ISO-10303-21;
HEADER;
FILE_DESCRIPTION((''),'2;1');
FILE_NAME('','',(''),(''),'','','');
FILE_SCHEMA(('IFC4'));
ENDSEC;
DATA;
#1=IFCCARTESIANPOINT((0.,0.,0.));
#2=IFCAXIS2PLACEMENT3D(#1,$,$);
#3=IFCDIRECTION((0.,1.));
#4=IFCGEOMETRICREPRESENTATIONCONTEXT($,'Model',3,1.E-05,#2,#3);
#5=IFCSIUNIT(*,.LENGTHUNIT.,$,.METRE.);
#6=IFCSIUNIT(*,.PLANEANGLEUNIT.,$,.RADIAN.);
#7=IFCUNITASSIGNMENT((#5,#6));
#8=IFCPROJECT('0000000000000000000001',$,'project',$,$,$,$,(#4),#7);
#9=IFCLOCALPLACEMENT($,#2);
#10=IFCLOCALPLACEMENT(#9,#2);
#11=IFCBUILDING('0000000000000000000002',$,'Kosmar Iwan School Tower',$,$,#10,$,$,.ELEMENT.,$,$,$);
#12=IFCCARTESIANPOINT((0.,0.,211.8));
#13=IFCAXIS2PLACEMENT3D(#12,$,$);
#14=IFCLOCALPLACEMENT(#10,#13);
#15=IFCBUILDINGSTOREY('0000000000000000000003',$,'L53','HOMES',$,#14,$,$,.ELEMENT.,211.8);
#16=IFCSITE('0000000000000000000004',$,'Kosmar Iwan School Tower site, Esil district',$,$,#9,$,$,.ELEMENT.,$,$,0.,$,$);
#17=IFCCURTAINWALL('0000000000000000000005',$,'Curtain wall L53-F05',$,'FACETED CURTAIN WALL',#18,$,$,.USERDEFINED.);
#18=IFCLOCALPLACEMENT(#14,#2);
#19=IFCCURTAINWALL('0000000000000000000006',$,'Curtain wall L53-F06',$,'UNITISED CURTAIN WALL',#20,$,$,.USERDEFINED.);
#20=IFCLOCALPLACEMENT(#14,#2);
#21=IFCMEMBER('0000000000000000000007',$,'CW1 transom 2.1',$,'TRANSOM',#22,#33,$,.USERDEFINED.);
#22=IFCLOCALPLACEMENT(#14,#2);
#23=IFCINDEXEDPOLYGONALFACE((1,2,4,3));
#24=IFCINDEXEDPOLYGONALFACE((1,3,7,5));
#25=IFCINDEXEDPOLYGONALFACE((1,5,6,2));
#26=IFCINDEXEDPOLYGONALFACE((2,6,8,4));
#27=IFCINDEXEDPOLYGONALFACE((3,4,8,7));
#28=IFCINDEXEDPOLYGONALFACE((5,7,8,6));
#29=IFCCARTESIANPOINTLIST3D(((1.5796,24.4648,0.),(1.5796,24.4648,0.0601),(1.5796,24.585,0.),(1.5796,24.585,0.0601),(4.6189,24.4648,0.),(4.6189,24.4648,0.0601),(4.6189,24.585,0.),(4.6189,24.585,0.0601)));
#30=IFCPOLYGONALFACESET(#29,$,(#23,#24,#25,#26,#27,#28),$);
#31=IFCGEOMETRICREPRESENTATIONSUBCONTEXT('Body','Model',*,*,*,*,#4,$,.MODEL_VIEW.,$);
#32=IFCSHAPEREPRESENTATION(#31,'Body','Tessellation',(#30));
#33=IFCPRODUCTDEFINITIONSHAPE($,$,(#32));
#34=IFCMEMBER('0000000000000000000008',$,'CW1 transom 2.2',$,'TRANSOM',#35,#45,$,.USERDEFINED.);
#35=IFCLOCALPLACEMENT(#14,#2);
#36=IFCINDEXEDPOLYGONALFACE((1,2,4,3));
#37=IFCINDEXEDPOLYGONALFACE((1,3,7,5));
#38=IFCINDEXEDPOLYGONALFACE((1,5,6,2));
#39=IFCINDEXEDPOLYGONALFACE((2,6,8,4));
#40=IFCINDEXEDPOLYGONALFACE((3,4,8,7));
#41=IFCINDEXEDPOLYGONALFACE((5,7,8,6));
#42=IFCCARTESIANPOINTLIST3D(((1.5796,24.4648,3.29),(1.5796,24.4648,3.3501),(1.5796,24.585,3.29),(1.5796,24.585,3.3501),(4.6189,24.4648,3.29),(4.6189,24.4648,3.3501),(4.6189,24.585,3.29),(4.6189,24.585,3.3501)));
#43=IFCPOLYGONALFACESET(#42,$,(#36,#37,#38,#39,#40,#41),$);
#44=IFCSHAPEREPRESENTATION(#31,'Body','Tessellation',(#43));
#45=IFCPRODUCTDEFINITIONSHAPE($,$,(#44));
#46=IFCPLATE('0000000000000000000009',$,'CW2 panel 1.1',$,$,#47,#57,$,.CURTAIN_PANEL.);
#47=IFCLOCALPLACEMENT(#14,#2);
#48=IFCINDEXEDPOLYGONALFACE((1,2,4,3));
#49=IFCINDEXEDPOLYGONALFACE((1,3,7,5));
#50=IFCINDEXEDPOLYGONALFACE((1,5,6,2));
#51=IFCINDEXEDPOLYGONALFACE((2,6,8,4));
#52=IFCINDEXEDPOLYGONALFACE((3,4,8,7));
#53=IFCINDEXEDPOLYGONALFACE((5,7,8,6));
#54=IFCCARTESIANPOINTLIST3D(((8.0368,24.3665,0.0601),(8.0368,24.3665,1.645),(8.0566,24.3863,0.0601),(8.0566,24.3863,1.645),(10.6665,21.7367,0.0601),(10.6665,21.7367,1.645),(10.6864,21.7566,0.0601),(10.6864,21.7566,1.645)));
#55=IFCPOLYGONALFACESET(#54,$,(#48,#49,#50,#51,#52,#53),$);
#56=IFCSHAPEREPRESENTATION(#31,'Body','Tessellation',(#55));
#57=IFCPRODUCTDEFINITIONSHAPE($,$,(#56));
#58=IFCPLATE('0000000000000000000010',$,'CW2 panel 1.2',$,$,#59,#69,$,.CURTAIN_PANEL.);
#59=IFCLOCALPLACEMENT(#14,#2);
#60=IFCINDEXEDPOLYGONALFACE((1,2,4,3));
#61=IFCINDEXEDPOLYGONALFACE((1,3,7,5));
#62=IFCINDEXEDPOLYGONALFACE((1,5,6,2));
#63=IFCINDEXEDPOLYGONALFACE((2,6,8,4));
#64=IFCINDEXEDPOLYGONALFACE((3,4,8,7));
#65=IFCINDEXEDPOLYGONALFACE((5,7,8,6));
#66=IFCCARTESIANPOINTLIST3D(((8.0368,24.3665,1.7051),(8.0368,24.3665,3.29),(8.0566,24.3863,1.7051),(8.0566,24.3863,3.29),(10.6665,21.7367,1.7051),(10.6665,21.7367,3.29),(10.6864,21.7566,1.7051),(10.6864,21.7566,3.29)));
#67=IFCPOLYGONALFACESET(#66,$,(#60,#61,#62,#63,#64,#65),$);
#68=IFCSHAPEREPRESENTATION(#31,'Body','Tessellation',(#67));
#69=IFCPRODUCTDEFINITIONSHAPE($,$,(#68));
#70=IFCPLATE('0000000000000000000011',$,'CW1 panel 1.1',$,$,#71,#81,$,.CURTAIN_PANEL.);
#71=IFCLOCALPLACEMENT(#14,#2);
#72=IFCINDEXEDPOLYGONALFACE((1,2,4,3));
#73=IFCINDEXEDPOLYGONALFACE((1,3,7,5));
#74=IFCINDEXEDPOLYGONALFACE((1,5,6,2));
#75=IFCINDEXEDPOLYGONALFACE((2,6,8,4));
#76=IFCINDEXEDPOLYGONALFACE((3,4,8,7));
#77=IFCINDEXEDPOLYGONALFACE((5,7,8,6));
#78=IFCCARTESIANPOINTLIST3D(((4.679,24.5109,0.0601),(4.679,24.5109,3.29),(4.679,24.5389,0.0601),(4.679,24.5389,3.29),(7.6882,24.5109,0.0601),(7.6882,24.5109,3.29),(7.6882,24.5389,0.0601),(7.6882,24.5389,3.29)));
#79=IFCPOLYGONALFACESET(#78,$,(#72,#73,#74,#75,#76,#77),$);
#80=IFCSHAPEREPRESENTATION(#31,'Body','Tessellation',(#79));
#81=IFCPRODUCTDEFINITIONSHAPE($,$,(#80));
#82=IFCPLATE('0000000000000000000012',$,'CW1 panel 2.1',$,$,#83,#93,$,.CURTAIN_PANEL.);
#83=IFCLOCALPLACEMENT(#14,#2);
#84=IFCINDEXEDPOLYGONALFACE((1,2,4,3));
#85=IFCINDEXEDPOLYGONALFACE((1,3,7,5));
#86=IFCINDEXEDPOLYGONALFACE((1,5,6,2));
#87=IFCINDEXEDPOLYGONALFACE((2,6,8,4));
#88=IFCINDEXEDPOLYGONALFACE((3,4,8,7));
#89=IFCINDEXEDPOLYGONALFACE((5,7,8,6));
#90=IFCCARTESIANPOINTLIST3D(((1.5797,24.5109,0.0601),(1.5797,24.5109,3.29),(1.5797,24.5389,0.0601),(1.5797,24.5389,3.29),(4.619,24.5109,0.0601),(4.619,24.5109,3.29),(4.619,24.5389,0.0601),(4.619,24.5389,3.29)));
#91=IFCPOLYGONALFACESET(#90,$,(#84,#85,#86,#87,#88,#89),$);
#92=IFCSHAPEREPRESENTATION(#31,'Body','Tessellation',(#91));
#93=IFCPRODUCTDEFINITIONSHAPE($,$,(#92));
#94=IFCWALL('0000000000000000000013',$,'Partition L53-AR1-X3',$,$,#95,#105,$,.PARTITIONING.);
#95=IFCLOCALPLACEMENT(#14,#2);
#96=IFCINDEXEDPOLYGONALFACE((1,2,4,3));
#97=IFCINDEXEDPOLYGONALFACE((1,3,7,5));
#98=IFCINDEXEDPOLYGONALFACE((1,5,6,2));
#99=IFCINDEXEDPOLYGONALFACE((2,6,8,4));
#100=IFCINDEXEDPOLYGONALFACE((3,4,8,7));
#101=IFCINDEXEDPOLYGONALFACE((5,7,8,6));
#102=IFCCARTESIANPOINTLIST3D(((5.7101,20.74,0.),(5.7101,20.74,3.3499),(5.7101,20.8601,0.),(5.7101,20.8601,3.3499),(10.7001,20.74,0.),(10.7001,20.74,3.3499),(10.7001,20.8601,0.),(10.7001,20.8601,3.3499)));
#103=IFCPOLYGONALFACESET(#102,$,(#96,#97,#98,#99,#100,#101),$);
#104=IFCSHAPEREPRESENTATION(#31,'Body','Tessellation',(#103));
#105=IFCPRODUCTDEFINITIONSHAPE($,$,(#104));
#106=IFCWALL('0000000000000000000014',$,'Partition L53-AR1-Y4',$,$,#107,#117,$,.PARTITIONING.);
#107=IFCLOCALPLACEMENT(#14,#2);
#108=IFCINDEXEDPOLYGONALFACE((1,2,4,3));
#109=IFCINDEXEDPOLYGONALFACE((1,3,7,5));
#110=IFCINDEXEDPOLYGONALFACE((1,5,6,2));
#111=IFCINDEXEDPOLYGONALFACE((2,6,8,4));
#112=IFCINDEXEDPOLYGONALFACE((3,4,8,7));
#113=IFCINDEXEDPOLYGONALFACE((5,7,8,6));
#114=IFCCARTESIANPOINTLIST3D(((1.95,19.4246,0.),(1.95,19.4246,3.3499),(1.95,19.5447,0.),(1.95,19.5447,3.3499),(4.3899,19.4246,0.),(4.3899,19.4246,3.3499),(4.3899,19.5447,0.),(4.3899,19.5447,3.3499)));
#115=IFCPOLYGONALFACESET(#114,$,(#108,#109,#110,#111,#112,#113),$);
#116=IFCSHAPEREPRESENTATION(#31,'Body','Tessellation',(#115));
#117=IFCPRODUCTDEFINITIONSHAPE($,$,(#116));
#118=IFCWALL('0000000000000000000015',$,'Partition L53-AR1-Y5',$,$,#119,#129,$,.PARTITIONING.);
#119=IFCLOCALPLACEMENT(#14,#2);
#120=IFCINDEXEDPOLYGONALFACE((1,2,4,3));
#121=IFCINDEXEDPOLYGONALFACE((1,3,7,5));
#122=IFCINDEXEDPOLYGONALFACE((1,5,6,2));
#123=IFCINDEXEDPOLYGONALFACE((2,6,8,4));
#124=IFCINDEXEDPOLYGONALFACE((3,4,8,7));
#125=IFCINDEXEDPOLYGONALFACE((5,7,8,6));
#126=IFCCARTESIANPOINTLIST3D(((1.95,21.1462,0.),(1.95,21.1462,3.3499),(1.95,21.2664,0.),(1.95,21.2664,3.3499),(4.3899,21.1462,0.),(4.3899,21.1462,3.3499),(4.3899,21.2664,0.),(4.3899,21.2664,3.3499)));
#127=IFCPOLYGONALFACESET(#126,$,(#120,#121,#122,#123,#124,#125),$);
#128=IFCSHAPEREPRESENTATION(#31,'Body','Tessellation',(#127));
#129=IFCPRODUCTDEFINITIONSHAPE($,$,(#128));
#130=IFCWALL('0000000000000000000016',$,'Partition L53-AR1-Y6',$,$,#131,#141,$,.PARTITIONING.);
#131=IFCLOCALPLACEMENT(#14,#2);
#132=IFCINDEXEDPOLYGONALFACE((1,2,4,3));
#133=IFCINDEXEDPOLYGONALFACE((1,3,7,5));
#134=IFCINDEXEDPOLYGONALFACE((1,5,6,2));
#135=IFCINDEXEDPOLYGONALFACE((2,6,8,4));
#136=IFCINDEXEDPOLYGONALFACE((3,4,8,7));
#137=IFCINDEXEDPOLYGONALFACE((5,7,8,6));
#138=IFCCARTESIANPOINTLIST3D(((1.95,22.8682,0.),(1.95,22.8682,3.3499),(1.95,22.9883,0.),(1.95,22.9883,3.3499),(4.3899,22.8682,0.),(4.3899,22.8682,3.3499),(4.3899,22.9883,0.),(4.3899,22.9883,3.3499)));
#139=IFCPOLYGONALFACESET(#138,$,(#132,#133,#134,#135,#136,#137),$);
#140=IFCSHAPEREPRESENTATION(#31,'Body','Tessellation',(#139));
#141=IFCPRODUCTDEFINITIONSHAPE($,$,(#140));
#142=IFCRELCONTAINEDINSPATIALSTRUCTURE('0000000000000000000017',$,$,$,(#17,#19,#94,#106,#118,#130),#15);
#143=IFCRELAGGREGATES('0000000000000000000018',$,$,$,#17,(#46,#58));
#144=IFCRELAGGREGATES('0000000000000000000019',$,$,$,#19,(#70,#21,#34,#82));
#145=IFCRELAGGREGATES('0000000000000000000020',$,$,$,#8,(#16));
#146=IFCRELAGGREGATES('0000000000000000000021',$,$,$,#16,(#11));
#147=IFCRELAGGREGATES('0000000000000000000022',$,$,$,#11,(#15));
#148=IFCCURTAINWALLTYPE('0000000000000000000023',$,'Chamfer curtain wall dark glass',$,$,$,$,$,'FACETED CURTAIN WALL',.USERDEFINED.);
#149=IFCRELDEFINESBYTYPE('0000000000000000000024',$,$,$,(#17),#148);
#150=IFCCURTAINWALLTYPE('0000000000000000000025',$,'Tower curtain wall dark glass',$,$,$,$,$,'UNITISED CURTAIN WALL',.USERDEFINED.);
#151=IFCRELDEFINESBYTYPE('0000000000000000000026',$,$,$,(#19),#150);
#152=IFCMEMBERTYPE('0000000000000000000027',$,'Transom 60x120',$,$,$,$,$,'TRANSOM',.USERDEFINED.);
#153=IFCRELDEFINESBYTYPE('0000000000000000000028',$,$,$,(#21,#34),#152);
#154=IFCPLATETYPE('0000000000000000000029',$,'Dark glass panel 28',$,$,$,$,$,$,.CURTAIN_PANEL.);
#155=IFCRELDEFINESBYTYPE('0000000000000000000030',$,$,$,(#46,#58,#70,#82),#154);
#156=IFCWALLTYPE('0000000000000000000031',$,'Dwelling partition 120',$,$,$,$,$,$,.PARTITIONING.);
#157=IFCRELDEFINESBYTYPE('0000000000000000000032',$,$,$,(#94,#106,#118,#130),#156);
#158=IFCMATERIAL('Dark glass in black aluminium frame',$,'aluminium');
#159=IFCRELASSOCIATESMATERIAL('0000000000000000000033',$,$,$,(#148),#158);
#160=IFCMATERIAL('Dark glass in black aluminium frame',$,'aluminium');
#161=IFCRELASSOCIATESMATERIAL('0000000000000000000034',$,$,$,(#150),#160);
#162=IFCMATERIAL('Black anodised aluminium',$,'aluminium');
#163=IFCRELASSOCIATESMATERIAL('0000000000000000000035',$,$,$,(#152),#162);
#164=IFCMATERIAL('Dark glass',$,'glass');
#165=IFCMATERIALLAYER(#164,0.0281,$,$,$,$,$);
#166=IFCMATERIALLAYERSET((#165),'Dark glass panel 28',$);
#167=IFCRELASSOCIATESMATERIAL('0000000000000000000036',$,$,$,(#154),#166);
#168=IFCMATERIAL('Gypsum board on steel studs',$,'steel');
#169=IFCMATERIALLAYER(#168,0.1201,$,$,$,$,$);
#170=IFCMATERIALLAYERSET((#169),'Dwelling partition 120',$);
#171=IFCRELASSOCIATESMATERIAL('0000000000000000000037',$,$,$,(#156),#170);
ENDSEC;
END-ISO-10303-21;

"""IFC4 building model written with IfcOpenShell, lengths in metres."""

from ifc_helpers import new_model, si_unit, direction, frame, frame_2d, origin, origin_2d, place, context, subcontext, project, spatial, rectangle, extrude, material, layer, layer_set, material_profile, profile_set, type_object, element, aggregate, save


model = new_model("IFC4")

# Units and contexts
model_context = context("Model", 3, precision=1e-05, world=origin(), true_north=direction((0.0, 1.0)))
body_context = subcontext(model_context, "Body", "Model", "MODEL_VIEW")
ifc_project = project(units=[si_unit("LENGTHUNIT", "METRE"), si_unit("PLANEANGLEUNIT", "RADIAN")], contexts=[model_context])

# Site, building, storey
site_placement = place(None, origin())
site = spatial("IfcSite", under=ifc_project, at=site_placement, Name="Kosmar Iwan School Tower site, Esil district", CompositionType="ELEMENT", RefElevation=0.0)
building_placement = place(site_placement, origin())
building = spatial("IfcBuilding", under=site, at=building_placement, Name="Kosmar Iwan School Tower", CompositionType="ELEMENT")
storey_placement = place(building_placement, frame((0.0, 0.0, 211.8)))
storey = spatial("IfcBuildingStorey", under=building, at=storey_placement, Name="L53", Description="HOMES", CompositionType="ELEMENT", Elevation=211.8)

# Curtain walls
ifc_material_1 = material(Name="Dark glass in black aluminium frame", Category="aluminium")
curtain_wall_type_1 = type_object("IfcCurtainWallType", Name="Chamfer curtain wall dark glass", ElementType="FACETED CURTAIN WALL", PredefinedType="USERDEFINED", material=ifc_material_1)
curtain_wall_1_placement = place(storey_placement, origin())
curtain_wall_1 = element("IfcCurtainWall", 1, at=curtain_wall_1_placement, inside=storey, type_object=curtain_wall_type_1, Name="Curtain wall L53-F05", ObjectType="FACETED CURTAIN WALL", PredefinedType="USERDEFINED")
ifc_material_2 = material(Name="Dark glass in black aluminium frame", Category="aluminium")
curtain_wall_type_2 = type_object("IfcCurtainWallType", Name="Tower curtain wall dark glass", ElementType="UNITISED CURTAIN WALL", PredefinedType="USERDEFINED", material=ifc_material_2)
curtain_wall_2_placement = place(storey_placement, origin())
curtain_wall_2 = element("IfcCurtainWall", 2, at=curtain_wall_2_placement, inside=storey, type_object=curtain_wall_type_2, Name="Curtain wall L53-F06", ObjectType="UNITISED CURTAIN WALL", PredefinedType="USERDEFINED")

# Members
ifc_material_3 = material(Name="Black anodised aluminium", Category="aluminium")
ifc_material_profile_1 = material_profile(ifc_material_3, rectangle(XDim=0.1201, YDim=0.0601, at=origin_2d()), Name="TRANSOM 60x120")
ifc_profile_set_1 = profile_set([ifc_material_profile_1], Name="Black anodised aluminium")
member_type_1 = type_object("IfcMemberType", Name="Transom 60x120", ElementType="TRANSOM", PredefinedType="USERDEFINED", material=ifc_profile_set_1)
member_1_placement = place(storey_placement, frame((4.6189, 24.5249, 0.03), z_axis=(-1.0, 0.0, 0.0), x_axis=(0.0, -1.0, 0.0)))
member_1 = element("IfcMember", 3, at=member_1_placement, type_object=member_type_1, Name="CW1 transom 2.1", ObjectType="TRANSOM", PredefinedType="USERDEFINED", context=body_context, shape_type="SweptSolid", body=[
    extrude(rectangle(XDim=0.1201, YDim=0.0601, at=origin_2d()), origin(), (0.0, 0.0, 1.0), 3.0393),
])
member_2_placement = place(storey_placement, frame((4.6189, 24.5249, 3.3201), z_axis=(-1.0, 0.0, 0.0), x_axis=(0.0, -1.0, 0.0)))
member_2 = element("IfcMember", 4, at=member_2_placement, type_object=member_type_1, Name="CW1 transom 2.2", ObjectType="TRANSOM", PredefinedType="USERDEFINED", context=body_context, shape_type="SweptSolid", body=[
    extrude(rectangle(XDim=0.1201, YDim=0.0601, at=origin_2d()), origin(), (0.0, 0.0, 1.0), 3.0393),
])

# Plates
ifc_material_4 = material(Name="Dark glass", Category="glass")
ifc_layer_1 = layer(ifc_material_4, 0.0281)
ifc_layer_set_1 = layer_set([ifc_layer_1], Name="Dark glass panel 28")
plate_type = type_object("IfcPlateType", Name="Dark glass panel 28", PredefinedType="CURTAIN_PANEL", material=ifc_layer_set_1)
plate_1_placement = place(storey_placement, frame((9.3616, 23.0615, 0.0601), z_axis=(0.0, 0.0, 1.0), x_axis=(-0.707107, 0.707107, 0.0)))
plate_1 = element("IfcPlate", 5, at=plate_1_placement, type_object=plate_type, Name="CW2 panel 1.1", PredefinedType="CURTAIN_PANEL", context=body_context, shape_type="SweptSolid", body=[
    extrude(rectangle(XDim=3.719, YDim=0.0281, at=origin_2d()), origin(), (0.0, 0.0, 1.0), 1.585),
])
plate_2_placement = place(storey_placement, frame((9.3616, 23.0615, 1.7051), z_axis=(0.0, 0.0, 1.0), x_axis=(-0.707107, 0.707107, 0.0)))
plate_2 = element("IfcPlate", 6, at=plate_2_placement, type_object=plate_type, Name="CW2 panel 1.2", PredefinedType="CURTAIN_PANEL", context=body_context, shape_type="SweptSolid", body=[
    extrude(rectangle(XDim=3.719, YDim=0.0281, at=origin_2d()), origin(), (0.0, 0.0, 1.0), 1.585),
])
aggregate(curtain_wall_1, [plate_1, plate_2])
plate_3_placement = place(storey_placement, frame((6.1836, 24.5249, 0.0601), z_axis=(0.0, 0.0, 1.0), x_axis=(-1.0, 0.0, 0.0)))
plate_3 = element("IfcPlate", 7, at=plate_3_placement, type_object=plate_type, Name="CW1 panel 1.1", PredefinedType="CURTAIN_PANEL", context=body_context, shape_type="SweptSolid", body=[
    extrude(rectangle(XDim=3.0093, YDim=0.0281, at=origin_2d()), origin(), (0.0, 0.0, 1.0), 3.23),
])
plate_4_placement = place(storey_placement, frame((3.0994, 24.5249, 0.0601), z_axis=(0.0, 0.0, 1.0), x_axis=(-1.0, 0.0, 0.0)))
plate_4 = element("IfcPlate", 8, at=plate_4_placement, type_object=plate_type, Name="CW1 panel 2.1", PredefinedType="CURTAIN_PANEL", context=body_context, shape_type="SweptSolid", body=[
    extrude(rectangle(XDim=3.0393, YDim=0.0281, at=origin_2d()), origin(), (0.0, 0.0, 1.0), 3.23),
])
aggregate(curtain_wall_2, [plate_3, member_1, member_2, plate_4])

# Walls
ifc_material_5 = material(Name="Gypsum board on steel studs", Category="steel")
ifc_layer_2 = layer(ifc_material_5, 0.1201)
ifc_layer_set_2 = layer_set([ifc_layer_2], Name="Dwelling partition 120")
wall_type = type_object("IfcWallType", Name="Dwelling partition 120", PredefinedType="PARTITIONING", material=ifc_layer_set_2)
wall_placement = place(storey_placement, frame((5.71, 20.8, 0.0), z_axis=(0.0, 0.0, 1.0), x_axis=(1.0, 0.0, 0.0)))
element("IfcWall", 9, at=wall_placement, inside=storey, type_object=wall_type, Name="Partition L53-AR1-X3", PredefinedType="PARTITIONING", context=body_context, shape_type="SweptSolid", body=[
    extrude(rectangle(XDim=4.99, YDim=0.1201, at=frame_2d((2.4951, 0.0))), origin(), (0.0, 0.0, 1.0), 3.3499),
])
for number, where, z_axis, x_axis, name in (
    (10, (1.95, 19.4846, 0.0), (0.0, 0.0, 1.0), (1.0, 0.0, 0.0), "Partition L53-AR1-Y4"),
    (11, (1.95, 21.2063, 0.0), (0.0, 0.0, 1.0), (1.0, 0.0, 0.0), "Partition L53-AR1-Y5"),
    (12, (1.95, 22.9282, 0.0), (0.0, 0.0, 1.0), (1.0, 0.0, 0.0), "Partition L53-AR1-Y6"),
):
    element("IfcWall", number, at=place(storey_placement, frame(where, z_axis=z_axis, x_axis=x_axis)), inside=storey, type_object=wall_type, Name=name, PredefinedType="PARTITIONING", context=body_context, shape_type="SweptSolid", body=[
        extrude(rectangle(XDim=2.4399, YDim=0.1201, at=frame_2d((1.22, 0.0))), origin(), (0.0, 0.0, 1.0), 3.3499),
    ])

save(model, "model.ifc")
